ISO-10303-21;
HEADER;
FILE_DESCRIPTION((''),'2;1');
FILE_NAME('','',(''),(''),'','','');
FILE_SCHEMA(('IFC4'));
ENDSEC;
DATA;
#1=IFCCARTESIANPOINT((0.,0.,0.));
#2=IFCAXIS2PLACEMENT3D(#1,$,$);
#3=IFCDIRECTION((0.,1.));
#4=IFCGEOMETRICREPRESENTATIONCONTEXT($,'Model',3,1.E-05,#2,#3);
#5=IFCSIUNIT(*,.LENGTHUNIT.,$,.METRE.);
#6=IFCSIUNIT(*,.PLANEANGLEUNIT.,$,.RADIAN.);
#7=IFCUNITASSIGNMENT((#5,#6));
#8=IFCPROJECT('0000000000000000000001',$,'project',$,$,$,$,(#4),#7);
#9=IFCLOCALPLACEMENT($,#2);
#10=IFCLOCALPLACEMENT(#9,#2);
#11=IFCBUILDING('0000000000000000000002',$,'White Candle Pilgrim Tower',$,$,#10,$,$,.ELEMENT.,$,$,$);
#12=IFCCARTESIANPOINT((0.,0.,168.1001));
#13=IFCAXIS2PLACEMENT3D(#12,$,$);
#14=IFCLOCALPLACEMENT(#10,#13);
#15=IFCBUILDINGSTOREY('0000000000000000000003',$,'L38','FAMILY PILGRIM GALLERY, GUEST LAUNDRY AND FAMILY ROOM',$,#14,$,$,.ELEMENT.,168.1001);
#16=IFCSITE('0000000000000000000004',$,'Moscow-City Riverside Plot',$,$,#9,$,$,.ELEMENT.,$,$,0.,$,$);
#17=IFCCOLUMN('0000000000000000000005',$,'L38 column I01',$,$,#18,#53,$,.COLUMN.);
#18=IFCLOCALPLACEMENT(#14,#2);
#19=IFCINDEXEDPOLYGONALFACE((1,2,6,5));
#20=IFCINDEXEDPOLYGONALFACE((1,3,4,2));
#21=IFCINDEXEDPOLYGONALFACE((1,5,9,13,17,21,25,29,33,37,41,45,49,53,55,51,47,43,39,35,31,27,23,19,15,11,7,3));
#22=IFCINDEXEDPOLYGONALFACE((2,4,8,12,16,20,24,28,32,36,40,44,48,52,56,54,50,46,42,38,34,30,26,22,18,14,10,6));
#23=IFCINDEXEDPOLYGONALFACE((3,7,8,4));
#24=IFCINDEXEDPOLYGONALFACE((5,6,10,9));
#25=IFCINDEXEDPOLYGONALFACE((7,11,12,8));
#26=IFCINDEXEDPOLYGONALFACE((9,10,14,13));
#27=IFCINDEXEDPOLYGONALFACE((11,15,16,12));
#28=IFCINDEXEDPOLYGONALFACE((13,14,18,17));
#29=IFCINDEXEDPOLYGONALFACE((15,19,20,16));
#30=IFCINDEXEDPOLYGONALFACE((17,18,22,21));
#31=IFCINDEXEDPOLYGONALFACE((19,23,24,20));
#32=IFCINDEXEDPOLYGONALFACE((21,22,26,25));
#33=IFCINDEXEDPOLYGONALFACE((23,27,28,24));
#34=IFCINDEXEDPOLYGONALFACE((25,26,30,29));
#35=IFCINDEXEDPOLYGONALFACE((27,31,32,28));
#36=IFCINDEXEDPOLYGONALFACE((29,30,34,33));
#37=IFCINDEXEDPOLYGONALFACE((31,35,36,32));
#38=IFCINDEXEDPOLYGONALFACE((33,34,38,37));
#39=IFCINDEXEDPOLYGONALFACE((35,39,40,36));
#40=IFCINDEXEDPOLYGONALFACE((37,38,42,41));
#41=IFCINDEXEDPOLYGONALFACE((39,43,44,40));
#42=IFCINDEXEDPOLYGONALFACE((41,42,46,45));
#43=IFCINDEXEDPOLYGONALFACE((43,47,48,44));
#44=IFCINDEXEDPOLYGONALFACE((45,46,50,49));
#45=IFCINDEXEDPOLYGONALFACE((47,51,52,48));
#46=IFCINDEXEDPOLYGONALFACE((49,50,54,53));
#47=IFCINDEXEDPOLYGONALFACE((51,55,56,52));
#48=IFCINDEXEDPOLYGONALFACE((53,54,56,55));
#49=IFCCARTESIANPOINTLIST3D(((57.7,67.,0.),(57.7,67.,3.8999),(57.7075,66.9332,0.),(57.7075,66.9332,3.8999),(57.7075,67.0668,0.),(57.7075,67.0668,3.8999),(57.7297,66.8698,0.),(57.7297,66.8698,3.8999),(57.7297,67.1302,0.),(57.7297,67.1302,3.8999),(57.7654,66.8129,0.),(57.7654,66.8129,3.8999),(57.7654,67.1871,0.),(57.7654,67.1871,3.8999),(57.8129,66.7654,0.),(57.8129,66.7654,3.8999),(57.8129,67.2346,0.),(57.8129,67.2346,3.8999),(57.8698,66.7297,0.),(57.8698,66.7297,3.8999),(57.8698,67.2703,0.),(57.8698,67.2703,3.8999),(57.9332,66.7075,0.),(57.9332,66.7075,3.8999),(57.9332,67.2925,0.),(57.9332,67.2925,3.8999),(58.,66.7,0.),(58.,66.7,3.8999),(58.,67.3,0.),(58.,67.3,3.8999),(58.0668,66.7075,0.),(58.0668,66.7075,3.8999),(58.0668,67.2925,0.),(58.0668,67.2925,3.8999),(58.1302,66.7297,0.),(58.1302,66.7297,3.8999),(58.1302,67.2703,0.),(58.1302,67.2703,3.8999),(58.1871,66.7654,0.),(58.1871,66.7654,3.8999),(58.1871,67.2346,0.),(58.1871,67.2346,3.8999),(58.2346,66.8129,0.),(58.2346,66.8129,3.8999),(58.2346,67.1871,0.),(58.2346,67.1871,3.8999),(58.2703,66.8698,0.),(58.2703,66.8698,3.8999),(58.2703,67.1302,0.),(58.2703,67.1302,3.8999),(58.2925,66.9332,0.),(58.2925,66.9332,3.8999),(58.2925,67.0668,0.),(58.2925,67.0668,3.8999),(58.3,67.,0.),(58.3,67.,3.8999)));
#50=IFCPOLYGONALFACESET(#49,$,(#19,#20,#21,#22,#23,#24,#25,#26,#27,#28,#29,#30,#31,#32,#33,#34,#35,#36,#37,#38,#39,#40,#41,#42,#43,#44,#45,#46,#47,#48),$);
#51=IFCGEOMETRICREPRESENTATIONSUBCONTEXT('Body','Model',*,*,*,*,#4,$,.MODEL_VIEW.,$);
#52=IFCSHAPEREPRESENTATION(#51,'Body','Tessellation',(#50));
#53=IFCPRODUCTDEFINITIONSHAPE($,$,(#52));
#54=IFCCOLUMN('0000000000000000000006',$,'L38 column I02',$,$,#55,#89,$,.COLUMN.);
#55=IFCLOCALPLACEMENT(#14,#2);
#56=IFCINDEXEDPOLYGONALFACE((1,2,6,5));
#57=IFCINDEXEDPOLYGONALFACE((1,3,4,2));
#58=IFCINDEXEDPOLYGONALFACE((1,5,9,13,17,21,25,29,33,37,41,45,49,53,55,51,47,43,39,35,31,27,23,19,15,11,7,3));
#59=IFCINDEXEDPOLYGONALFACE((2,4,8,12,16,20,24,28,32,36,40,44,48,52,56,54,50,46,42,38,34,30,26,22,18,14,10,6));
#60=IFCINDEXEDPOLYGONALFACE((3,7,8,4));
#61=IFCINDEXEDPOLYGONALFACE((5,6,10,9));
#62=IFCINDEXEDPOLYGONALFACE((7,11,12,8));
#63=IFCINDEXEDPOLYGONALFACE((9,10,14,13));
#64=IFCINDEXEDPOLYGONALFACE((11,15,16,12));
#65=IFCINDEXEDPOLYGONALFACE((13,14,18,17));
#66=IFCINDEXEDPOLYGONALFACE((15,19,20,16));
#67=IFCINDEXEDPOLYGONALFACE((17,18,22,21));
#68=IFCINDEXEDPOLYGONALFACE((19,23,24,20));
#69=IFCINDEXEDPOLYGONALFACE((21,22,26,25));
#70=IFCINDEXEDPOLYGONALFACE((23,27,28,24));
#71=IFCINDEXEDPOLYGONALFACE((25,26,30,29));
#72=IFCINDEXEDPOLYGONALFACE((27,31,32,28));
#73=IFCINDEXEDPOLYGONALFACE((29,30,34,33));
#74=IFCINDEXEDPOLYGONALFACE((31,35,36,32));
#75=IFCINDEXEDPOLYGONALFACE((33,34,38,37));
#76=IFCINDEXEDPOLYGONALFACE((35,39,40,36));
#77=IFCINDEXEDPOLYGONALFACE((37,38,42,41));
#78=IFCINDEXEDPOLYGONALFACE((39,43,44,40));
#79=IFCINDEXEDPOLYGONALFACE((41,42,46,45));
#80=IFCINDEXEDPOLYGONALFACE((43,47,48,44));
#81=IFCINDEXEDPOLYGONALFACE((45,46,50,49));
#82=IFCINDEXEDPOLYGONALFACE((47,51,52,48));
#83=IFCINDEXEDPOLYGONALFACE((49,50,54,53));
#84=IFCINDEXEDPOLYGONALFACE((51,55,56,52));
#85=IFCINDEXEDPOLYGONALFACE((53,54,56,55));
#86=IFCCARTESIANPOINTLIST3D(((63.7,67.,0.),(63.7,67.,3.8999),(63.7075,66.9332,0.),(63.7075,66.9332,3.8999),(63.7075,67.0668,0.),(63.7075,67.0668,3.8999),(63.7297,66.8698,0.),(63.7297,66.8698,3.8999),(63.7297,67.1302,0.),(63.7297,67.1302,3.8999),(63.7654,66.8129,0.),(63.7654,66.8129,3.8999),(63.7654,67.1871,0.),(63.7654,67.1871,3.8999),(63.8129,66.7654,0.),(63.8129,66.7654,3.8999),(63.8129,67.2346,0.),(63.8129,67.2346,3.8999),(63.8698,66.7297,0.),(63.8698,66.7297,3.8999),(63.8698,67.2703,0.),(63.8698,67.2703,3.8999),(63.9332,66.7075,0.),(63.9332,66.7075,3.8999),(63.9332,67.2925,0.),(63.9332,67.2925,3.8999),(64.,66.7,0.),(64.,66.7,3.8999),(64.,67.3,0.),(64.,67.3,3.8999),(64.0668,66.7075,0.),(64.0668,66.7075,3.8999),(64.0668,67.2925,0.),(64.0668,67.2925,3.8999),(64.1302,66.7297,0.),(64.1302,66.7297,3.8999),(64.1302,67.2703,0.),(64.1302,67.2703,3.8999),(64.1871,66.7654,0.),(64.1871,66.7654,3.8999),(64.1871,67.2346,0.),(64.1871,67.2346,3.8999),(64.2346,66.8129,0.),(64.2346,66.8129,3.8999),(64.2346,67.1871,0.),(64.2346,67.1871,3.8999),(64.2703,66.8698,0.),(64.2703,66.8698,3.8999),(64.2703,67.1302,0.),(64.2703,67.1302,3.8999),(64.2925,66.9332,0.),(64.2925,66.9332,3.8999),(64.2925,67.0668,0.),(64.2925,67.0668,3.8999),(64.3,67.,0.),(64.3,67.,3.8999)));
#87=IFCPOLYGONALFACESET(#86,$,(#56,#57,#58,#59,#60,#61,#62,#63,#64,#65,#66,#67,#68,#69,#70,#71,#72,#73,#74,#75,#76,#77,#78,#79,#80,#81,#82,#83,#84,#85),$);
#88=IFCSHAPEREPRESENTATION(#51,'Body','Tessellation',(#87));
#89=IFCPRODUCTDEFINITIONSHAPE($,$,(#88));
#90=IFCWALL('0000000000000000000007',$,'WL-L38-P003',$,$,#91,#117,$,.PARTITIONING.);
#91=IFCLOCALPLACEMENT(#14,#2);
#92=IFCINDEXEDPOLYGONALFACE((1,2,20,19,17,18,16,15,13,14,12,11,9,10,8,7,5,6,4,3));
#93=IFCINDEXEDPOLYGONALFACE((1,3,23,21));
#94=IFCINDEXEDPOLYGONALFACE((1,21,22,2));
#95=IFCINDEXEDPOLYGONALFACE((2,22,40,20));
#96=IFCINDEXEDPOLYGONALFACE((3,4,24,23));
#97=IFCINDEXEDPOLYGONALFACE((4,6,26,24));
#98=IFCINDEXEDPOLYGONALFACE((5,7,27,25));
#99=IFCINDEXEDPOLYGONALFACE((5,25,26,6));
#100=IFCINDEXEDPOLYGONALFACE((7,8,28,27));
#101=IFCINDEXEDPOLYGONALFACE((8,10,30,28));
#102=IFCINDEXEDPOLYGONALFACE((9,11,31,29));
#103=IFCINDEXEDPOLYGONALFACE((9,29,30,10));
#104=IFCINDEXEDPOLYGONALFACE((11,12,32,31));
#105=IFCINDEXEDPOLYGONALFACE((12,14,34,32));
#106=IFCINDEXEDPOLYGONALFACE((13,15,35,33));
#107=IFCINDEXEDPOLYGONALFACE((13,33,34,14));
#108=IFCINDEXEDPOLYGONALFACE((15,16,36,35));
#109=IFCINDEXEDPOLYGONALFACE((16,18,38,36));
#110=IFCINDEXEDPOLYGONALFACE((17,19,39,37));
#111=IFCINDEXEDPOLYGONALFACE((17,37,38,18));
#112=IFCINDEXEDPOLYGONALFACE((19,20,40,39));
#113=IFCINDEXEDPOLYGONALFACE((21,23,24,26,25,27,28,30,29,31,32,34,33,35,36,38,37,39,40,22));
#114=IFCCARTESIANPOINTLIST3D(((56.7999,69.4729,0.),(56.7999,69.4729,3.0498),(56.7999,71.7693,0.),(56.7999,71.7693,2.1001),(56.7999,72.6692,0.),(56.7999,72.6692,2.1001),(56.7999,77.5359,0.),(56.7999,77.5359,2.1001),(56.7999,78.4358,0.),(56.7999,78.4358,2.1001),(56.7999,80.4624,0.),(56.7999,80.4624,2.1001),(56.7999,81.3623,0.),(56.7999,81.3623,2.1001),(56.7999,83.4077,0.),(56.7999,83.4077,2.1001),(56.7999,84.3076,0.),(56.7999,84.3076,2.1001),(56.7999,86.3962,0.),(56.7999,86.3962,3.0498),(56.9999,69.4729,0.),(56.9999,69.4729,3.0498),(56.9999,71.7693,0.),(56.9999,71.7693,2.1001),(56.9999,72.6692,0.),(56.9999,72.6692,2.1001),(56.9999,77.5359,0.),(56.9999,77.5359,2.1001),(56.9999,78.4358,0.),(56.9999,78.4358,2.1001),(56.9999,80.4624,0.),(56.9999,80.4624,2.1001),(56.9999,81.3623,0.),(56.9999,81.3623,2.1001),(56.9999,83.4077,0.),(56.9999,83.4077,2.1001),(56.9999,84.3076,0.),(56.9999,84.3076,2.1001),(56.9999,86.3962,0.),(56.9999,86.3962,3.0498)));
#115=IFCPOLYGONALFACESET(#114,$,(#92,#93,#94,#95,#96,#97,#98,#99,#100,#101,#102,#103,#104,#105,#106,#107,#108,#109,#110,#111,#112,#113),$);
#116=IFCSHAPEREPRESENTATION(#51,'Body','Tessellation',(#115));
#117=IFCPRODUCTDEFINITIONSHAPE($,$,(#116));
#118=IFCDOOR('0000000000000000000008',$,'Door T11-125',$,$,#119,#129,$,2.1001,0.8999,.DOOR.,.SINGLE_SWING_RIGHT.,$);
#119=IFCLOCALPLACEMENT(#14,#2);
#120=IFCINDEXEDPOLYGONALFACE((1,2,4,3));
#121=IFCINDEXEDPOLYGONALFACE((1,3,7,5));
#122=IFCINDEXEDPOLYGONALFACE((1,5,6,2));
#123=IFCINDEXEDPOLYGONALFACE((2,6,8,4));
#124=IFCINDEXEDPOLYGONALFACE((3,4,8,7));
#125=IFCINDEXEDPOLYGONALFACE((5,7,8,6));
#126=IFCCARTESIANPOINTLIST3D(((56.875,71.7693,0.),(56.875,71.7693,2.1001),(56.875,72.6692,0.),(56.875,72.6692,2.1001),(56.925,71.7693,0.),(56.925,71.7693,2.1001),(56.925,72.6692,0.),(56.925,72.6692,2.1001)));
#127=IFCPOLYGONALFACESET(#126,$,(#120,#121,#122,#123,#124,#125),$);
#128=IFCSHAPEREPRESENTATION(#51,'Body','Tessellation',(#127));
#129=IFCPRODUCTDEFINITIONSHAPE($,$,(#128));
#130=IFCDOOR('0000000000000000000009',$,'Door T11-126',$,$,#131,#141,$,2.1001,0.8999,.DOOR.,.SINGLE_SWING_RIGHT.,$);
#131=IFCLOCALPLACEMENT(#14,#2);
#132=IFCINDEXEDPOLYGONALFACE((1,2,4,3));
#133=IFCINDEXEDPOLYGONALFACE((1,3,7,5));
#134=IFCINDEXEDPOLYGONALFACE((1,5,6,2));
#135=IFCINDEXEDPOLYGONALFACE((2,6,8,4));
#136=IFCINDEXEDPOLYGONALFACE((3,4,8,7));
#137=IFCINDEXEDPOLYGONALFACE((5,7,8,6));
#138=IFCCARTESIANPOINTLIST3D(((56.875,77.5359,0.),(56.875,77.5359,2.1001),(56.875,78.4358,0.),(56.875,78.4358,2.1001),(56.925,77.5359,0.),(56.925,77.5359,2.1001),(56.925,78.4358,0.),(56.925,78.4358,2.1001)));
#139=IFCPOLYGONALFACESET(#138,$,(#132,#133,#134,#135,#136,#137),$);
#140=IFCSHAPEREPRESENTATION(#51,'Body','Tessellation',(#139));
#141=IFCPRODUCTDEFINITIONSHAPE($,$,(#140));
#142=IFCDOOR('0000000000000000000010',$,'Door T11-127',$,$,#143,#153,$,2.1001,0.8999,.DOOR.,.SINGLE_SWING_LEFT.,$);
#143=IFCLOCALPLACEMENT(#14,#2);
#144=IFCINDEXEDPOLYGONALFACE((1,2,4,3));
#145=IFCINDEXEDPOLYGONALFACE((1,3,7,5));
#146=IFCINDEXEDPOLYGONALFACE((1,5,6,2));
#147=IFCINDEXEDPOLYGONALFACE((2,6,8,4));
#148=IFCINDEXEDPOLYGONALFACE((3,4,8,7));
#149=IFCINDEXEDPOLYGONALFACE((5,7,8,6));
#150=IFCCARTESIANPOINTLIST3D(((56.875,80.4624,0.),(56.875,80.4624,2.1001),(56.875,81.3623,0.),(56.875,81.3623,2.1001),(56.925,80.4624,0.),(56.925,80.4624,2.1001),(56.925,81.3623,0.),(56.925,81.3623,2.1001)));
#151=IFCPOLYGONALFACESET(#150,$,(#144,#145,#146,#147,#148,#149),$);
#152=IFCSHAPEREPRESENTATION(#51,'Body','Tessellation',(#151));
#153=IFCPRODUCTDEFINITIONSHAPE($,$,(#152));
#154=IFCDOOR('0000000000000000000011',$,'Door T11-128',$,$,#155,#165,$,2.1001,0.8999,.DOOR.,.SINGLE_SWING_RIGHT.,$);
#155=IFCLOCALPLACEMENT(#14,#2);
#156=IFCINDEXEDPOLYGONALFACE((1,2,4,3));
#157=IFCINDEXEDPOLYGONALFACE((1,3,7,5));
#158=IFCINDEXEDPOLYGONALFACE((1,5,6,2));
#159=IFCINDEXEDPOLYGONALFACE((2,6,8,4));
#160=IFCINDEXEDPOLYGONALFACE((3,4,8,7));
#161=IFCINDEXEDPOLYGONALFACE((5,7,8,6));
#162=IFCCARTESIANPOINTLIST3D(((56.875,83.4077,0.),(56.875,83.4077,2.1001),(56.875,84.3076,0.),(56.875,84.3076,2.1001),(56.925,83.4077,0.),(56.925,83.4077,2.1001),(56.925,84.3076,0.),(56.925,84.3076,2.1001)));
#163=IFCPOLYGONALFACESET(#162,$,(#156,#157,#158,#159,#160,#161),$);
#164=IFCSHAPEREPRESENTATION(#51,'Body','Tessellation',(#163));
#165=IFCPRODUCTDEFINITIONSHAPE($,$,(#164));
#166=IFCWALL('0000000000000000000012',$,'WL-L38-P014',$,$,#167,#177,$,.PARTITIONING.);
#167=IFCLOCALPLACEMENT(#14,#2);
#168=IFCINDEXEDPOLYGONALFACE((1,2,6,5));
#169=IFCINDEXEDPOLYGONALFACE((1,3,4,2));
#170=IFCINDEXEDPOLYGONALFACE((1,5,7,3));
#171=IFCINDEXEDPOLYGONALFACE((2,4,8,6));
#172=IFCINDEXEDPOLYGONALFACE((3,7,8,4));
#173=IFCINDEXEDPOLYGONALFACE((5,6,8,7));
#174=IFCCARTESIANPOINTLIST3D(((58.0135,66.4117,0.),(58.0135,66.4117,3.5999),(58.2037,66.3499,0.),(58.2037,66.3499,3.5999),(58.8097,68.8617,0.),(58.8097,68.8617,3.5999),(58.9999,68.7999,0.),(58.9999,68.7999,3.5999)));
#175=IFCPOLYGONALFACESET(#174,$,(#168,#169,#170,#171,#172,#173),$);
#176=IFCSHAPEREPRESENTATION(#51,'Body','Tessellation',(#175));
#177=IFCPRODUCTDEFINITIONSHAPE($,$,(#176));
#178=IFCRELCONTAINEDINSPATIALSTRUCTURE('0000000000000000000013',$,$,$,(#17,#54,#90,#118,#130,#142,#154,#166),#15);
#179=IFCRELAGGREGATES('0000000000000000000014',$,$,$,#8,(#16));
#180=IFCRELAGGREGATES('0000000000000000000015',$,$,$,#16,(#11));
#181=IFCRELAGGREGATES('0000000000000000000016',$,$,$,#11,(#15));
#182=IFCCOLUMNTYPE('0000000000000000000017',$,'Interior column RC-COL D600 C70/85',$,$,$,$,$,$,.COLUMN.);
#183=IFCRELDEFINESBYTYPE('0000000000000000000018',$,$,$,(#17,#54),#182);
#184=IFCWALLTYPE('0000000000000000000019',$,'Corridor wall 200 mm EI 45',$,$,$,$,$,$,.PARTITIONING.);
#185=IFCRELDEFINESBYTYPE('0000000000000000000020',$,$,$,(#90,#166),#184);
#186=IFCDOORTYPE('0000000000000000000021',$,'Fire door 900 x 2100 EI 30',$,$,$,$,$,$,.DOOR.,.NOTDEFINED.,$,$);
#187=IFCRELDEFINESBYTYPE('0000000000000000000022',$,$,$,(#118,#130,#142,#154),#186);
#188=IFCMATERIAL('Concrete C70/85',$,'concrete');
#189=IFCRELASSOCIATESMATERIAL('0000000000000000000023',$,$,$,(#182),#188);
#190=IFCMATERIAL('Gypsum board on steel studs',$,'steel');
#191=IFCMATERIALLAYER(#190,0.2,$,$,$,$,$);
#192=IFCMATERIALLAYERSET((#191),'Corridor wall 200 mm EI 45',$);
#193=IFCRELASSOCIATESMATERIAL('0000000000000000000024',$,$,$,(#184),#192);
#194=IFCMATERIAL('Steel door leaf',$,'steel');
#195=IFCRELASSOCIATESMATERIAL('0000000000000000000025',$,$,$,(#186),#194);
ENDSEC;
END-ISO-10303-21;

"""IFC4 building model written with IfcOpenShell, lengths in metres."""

from ifc_helpers import new_model, si_unit, direction, frame, frame_2d, origin, origin_2d, place, context, subcontext, project, spatial, rectangle, circle, extrude, material, layer, layer_set, material_profile, profile_set, type_object, element, fill, save


model = new_model("IFC4")

# Units and contexts
model_context = context("Model", 3, precision=1e-05, world=origin(), true_north=direction((0.0, 1.0)))
body_context = subcontext(model_context, "Body", "Model", "MODEL_VIEW")
ifc_project = project(units=[si_unit("LENGTHUNIT", "METRE"), si_unit("PLANEANGLEUNIT", "RADIAN")], contexts=[model_context])

# Site, building, storey
site_placement = place(None, origin())
site = spatial("IfcSite", under=ifc_project, at=site_placement, Name="Moscow-City Riverside Plot", CompositionType="ELEMENT", RefElevation=0.0)
building_placement = place(site_placement, origin())
building = spatial("IfcBuilding", under=site, at=building_placement, Name="White Candle Pilgrim Tower", CompositionType="ELEMENT")
storey_placement = place(building_placement, frame((0.0, 0.0, 168.1001)))
storey = spatial("IfcBuildingStorey", under=building, at=storey_placement, Name="L38", Description="FAMILY PILGRIM GALLERY, GUEST LAUNDRY AND FAMILY ROOM", CompositionType="ELEMENT", Elevation=168.1001)

# Columns
ifc_material_1 = material(Name="Concrete C70/85", Category="concrete")
ifc_material_profile = material_profile(ifc_material_1, circle(Radius=0.3, at=origin_2d()), Name="RC-COL D600")
ifc_profile_set = profile_set([ifc_material_profile], Name="Concrete C70/85")
column_type = type_object("IfcColumnType", Name="Interior column RC-COL D600 C70/85", PredefinedType="COLUMN", material=ifc_profile_set)
for number, where, z_axis, x_axis, name in (
    (1, (58.0, 67.0, 0.0), (0.0, 0.0, 1.0), (1.0, 0.0, 0.0), "L38 column I01"),
    (2, (64.0, 67.0, 0.0), (0.0, 0.0, 1.0), (1.0, 0.0, 0.0), "L38 column I02"),
):
    element("IfcColumn", number, at=place(storey_placement, frame(where, z_axis=z_axis, x_axis=x_axis)), inside=storey, type_object=column_type, Name=name, PredefinedType="COLUMN", context=body_context, shape_type="SweptSolid", body=[
        extrude(circle(Radius=0.3, at=origin_2d()), origin(), (0.0, 0.0, 1.0), 3.8999),
    ])

# Wall, openings, doors
ifc_material_2 = material(Name="Gypsum board on steel studs", Category="steel")
ifc_layer_1 = layer(ifc_material_2, 0.2)
ifc_layer_set_1 = layer_set([ifc_layer_1], Name="Corridor wall 200 mm EI 45")
wall_type_1 = type_object("IfcWallType", Name="Corridor wall 200 mm EI 45", PredefinedType="PARTITIONING", material=ifc_layer_set_1)
wall_1_placement = place(storey_placement, frame((56.8999, 69.4729, 0.0), z_axis=(0.0, 0.0, 1.0), x_axis=(0.0, 1.0, 0.0)))
wall_1 = element("IfcWall", 3, at=wall_1_placement, inside=storey, type_object=wall_type_1, Name="WL-L38-P003", PredefinedType="PARTITIONING", context=body_context, shape_type="SweptSolid", body=[
    extrude(rectangle(XDim=16.9233, YDim=0.2, at=frame_2d((8.4617, 0.0))), origin(), (0.0, 0.0, 1.0), 3.0498),
])
opening_1_placement = place(wall_1_placement, frame((2.2964, 0.0, 0.0)))
opening_1 = element("IfcOpeningElement", 4, at=opening_1_placement, cuts=wall_1, PredefinedType="OPENING", context=body_context, shape_type="SweptSolid", body=[
    extrude(rectangle(XDim=0.8999, YDim=2.1001, at=frame_2d((0.45, 1.05))), frame((0.0, 0.1099, 0.0), z_axis=(0.0, -1.0, 0.0), x_axis=(1.0, 0.0, 0.0)), (0.0, 0.0, 1.0), 0.22),
])
opening_2_placement = place(wall_1_placement, frame((8.063, 0.0, 0.0)))
opening_2 = element("IfcOpeningElement", 5, at=opening_2_placement, cuts=wall_1, PredefinedType="OPENING", context=body_context, shape_type="SweptSolid", body=[
    extrude(rectangle(XDim=0.8999, YDim=2.1001, at=frame_2d((0.45, 1.05))), frame((0.0, 0.1099, 0.0), z_axis=(0.0, -1.0, 0.0), x_axis=(1.0, 0.0, 0.0)), (0.0, 0.0, 1.0), 0.22),
])
opening_3_placement = place(wall_1_placement, frame((10.9895, 0.0, 0.0)))
opening_3 = element("IfcOpeningElement", 6, at=opening_3_placement, cuts=wall_1, PredefinedType="OPENING", context=body_context, shape_type="SweptSolid", body=[
    extrude(rectangle(XDim=0.8999, YDim=2.1001, at=frame_2d((0.45, 1.05))), frame((0.0, 0.1099, 0.0), z_axis=(0.0, -1.0, 0.0), x_axis=(1.0, 0.0, 0.0)), (0.0, 0.0, 1.0), 0.22),
])
opening_4_placement = place(wall_1_placement, frame((13.9348, 0.0, 0.0)))
opening_4 = element("IfcOpeningElement", 7, at=opening_4_placement, cuts=wall_1, PredefinedType="OPENING", context=body_context, shape_type="SweptSolid", body=[
    extrude(rectangle(XDim=0.8999, YDim=2.1001, at=frame_2d((0.45, 1.05))), frame((0.0, 0.1099, 0.0), z_axis=(0.0, -1.0, 0.0), x_axis=(1.0, 0.0, 0.0)), (0.0, 0.0, 1.0), 0.22),
])
ifc_material_3 = material(Name="Steel door leaf", Category="steel")
door_type_1 = type_object("IfcDoorType", Name="Fire door 900 x 2100 EI 30", OperationType="NOTDEFINED", PredefinedType="DOOR", material=ifc_material_3)
door_1_placement = place(opening_1_placement, origin())
door_1 = element("IfcDoor", 8, at=door_1_placement, inside=storey, type_object=door_type_1, Name="Door T11-125", OperationType="SINGLE_SWING_RIGHT", OverallHeight=2.1001, OverallWidth=0.8999, PredefinedType="DOOR", context=body_context, shape_type="SweptSolid", body=[
    extrude(rectangle(XDim=0.8999, YDim=2.1001, at=frame_2d((0.45, 1.05))), frame((0.0, 0.0249, 0.0), z_axis=(0.0, -1.0, 0.0), x_axis=(1.0, 0.0, 0.0)), (0.0, 0.0, 1.0), 0.05),
])
fill(opening_1, door_1)
door_2_placement = place(opening_2_placement, origin())
door_2 = element("IfcDoor", 9, at=door_2_placement, inside=storey, type_object=door_type_1, Name="Door T11-126", OperationType="SINGLE_SWING_RIGHT", OverallHeight=2.1001, OverallWidth=0.8999, PredefinedType="DOOR", context=body_context, shape_type="SweptSolid", body=[
    extrude(rectangle(XDim=0.8999, YDim=2.1001, at=frame_2d((0.45, 1.05))), frame((0.0, 0.0249, 0.0), z_axis=(0.0, -1.0, 0.0), x_axis=(1.0, 0.0, 0.0)), (0.0, 0.0, 1.0), 0.05),
])
fill(opening_2, door_2)
door_3_placement = place(opening_3_placement, origin())
door_3 = element("IfcDoor", 10, at=door_3_placement, inside=storey, type_object=door_type_1, Name="Door T11-127", OperationType="SINGLE_SWING_LEFT", OverallHeight=2.1001, OverallWidth=0.8999, PredefinedType="DOOR", context=body_context, shape_type="SweptSolid", body=[
    extrude(rectangle(XDim=0.8999, YDim=2.1001, at=frame_2d((0.45, 1.05))), frame((0.0, 0.0249, 0.0), z_axis=(0.0, -1.0, 0.0), x_axis=(1.0, 0.0, 0.0)), (0.0, 0.0, 1.0), 0.05),
])
fill(opening_3, door_3)
door_4_placement = place(opening_4_placement, origin())
door_4 = element("IfcDoor", 11, at=door_4_placement, inside=storey, type_object=door_type_1, Name="Door T11-128", OperationType="SINGLE_SWING_RIGHT", OverallHeight=2.1001, OverallWidth=0.8999, PredefinedType="DOOR", context=body_context, shape_type="SweptSolid", body=[
    extrude(rectangle(XDim=0.8999, YDim=2.1001, at=frame_2d((0.45, 1.05))), frame((0.0, 0.0249, 0.0), z_axis=(0.0, -1.0, 0.0), x_axis=(1.0, 0.0, 0.0)), (0.0, 0.0, 1.0), 0.05),
])
fill(opening_4, door_4)

# Wall
wall_2_placement = place(storey_placement, frame((58.9048, 68.8308, 0.0), z_axis=(0.0, 0.0, 1.0), x_axis=(-0.309054, -0.951045, 0.0)))
element("IfcWall", 12, at=wall_2_placement, inside=storey, type_object=wall_type_1, Name="WL-L38-P014", PredefinedType="PARTITIONING", context=body_context, shape_type="SweptSolid", body=[
    extrude(rectangle(XDim=2.5762, YDim=0.2, at=frame_2d((1.2881, 0.0))), origin(), (0.0, 0.0, 1.0), 3.5999),
])

save(model, "model.ifc")
